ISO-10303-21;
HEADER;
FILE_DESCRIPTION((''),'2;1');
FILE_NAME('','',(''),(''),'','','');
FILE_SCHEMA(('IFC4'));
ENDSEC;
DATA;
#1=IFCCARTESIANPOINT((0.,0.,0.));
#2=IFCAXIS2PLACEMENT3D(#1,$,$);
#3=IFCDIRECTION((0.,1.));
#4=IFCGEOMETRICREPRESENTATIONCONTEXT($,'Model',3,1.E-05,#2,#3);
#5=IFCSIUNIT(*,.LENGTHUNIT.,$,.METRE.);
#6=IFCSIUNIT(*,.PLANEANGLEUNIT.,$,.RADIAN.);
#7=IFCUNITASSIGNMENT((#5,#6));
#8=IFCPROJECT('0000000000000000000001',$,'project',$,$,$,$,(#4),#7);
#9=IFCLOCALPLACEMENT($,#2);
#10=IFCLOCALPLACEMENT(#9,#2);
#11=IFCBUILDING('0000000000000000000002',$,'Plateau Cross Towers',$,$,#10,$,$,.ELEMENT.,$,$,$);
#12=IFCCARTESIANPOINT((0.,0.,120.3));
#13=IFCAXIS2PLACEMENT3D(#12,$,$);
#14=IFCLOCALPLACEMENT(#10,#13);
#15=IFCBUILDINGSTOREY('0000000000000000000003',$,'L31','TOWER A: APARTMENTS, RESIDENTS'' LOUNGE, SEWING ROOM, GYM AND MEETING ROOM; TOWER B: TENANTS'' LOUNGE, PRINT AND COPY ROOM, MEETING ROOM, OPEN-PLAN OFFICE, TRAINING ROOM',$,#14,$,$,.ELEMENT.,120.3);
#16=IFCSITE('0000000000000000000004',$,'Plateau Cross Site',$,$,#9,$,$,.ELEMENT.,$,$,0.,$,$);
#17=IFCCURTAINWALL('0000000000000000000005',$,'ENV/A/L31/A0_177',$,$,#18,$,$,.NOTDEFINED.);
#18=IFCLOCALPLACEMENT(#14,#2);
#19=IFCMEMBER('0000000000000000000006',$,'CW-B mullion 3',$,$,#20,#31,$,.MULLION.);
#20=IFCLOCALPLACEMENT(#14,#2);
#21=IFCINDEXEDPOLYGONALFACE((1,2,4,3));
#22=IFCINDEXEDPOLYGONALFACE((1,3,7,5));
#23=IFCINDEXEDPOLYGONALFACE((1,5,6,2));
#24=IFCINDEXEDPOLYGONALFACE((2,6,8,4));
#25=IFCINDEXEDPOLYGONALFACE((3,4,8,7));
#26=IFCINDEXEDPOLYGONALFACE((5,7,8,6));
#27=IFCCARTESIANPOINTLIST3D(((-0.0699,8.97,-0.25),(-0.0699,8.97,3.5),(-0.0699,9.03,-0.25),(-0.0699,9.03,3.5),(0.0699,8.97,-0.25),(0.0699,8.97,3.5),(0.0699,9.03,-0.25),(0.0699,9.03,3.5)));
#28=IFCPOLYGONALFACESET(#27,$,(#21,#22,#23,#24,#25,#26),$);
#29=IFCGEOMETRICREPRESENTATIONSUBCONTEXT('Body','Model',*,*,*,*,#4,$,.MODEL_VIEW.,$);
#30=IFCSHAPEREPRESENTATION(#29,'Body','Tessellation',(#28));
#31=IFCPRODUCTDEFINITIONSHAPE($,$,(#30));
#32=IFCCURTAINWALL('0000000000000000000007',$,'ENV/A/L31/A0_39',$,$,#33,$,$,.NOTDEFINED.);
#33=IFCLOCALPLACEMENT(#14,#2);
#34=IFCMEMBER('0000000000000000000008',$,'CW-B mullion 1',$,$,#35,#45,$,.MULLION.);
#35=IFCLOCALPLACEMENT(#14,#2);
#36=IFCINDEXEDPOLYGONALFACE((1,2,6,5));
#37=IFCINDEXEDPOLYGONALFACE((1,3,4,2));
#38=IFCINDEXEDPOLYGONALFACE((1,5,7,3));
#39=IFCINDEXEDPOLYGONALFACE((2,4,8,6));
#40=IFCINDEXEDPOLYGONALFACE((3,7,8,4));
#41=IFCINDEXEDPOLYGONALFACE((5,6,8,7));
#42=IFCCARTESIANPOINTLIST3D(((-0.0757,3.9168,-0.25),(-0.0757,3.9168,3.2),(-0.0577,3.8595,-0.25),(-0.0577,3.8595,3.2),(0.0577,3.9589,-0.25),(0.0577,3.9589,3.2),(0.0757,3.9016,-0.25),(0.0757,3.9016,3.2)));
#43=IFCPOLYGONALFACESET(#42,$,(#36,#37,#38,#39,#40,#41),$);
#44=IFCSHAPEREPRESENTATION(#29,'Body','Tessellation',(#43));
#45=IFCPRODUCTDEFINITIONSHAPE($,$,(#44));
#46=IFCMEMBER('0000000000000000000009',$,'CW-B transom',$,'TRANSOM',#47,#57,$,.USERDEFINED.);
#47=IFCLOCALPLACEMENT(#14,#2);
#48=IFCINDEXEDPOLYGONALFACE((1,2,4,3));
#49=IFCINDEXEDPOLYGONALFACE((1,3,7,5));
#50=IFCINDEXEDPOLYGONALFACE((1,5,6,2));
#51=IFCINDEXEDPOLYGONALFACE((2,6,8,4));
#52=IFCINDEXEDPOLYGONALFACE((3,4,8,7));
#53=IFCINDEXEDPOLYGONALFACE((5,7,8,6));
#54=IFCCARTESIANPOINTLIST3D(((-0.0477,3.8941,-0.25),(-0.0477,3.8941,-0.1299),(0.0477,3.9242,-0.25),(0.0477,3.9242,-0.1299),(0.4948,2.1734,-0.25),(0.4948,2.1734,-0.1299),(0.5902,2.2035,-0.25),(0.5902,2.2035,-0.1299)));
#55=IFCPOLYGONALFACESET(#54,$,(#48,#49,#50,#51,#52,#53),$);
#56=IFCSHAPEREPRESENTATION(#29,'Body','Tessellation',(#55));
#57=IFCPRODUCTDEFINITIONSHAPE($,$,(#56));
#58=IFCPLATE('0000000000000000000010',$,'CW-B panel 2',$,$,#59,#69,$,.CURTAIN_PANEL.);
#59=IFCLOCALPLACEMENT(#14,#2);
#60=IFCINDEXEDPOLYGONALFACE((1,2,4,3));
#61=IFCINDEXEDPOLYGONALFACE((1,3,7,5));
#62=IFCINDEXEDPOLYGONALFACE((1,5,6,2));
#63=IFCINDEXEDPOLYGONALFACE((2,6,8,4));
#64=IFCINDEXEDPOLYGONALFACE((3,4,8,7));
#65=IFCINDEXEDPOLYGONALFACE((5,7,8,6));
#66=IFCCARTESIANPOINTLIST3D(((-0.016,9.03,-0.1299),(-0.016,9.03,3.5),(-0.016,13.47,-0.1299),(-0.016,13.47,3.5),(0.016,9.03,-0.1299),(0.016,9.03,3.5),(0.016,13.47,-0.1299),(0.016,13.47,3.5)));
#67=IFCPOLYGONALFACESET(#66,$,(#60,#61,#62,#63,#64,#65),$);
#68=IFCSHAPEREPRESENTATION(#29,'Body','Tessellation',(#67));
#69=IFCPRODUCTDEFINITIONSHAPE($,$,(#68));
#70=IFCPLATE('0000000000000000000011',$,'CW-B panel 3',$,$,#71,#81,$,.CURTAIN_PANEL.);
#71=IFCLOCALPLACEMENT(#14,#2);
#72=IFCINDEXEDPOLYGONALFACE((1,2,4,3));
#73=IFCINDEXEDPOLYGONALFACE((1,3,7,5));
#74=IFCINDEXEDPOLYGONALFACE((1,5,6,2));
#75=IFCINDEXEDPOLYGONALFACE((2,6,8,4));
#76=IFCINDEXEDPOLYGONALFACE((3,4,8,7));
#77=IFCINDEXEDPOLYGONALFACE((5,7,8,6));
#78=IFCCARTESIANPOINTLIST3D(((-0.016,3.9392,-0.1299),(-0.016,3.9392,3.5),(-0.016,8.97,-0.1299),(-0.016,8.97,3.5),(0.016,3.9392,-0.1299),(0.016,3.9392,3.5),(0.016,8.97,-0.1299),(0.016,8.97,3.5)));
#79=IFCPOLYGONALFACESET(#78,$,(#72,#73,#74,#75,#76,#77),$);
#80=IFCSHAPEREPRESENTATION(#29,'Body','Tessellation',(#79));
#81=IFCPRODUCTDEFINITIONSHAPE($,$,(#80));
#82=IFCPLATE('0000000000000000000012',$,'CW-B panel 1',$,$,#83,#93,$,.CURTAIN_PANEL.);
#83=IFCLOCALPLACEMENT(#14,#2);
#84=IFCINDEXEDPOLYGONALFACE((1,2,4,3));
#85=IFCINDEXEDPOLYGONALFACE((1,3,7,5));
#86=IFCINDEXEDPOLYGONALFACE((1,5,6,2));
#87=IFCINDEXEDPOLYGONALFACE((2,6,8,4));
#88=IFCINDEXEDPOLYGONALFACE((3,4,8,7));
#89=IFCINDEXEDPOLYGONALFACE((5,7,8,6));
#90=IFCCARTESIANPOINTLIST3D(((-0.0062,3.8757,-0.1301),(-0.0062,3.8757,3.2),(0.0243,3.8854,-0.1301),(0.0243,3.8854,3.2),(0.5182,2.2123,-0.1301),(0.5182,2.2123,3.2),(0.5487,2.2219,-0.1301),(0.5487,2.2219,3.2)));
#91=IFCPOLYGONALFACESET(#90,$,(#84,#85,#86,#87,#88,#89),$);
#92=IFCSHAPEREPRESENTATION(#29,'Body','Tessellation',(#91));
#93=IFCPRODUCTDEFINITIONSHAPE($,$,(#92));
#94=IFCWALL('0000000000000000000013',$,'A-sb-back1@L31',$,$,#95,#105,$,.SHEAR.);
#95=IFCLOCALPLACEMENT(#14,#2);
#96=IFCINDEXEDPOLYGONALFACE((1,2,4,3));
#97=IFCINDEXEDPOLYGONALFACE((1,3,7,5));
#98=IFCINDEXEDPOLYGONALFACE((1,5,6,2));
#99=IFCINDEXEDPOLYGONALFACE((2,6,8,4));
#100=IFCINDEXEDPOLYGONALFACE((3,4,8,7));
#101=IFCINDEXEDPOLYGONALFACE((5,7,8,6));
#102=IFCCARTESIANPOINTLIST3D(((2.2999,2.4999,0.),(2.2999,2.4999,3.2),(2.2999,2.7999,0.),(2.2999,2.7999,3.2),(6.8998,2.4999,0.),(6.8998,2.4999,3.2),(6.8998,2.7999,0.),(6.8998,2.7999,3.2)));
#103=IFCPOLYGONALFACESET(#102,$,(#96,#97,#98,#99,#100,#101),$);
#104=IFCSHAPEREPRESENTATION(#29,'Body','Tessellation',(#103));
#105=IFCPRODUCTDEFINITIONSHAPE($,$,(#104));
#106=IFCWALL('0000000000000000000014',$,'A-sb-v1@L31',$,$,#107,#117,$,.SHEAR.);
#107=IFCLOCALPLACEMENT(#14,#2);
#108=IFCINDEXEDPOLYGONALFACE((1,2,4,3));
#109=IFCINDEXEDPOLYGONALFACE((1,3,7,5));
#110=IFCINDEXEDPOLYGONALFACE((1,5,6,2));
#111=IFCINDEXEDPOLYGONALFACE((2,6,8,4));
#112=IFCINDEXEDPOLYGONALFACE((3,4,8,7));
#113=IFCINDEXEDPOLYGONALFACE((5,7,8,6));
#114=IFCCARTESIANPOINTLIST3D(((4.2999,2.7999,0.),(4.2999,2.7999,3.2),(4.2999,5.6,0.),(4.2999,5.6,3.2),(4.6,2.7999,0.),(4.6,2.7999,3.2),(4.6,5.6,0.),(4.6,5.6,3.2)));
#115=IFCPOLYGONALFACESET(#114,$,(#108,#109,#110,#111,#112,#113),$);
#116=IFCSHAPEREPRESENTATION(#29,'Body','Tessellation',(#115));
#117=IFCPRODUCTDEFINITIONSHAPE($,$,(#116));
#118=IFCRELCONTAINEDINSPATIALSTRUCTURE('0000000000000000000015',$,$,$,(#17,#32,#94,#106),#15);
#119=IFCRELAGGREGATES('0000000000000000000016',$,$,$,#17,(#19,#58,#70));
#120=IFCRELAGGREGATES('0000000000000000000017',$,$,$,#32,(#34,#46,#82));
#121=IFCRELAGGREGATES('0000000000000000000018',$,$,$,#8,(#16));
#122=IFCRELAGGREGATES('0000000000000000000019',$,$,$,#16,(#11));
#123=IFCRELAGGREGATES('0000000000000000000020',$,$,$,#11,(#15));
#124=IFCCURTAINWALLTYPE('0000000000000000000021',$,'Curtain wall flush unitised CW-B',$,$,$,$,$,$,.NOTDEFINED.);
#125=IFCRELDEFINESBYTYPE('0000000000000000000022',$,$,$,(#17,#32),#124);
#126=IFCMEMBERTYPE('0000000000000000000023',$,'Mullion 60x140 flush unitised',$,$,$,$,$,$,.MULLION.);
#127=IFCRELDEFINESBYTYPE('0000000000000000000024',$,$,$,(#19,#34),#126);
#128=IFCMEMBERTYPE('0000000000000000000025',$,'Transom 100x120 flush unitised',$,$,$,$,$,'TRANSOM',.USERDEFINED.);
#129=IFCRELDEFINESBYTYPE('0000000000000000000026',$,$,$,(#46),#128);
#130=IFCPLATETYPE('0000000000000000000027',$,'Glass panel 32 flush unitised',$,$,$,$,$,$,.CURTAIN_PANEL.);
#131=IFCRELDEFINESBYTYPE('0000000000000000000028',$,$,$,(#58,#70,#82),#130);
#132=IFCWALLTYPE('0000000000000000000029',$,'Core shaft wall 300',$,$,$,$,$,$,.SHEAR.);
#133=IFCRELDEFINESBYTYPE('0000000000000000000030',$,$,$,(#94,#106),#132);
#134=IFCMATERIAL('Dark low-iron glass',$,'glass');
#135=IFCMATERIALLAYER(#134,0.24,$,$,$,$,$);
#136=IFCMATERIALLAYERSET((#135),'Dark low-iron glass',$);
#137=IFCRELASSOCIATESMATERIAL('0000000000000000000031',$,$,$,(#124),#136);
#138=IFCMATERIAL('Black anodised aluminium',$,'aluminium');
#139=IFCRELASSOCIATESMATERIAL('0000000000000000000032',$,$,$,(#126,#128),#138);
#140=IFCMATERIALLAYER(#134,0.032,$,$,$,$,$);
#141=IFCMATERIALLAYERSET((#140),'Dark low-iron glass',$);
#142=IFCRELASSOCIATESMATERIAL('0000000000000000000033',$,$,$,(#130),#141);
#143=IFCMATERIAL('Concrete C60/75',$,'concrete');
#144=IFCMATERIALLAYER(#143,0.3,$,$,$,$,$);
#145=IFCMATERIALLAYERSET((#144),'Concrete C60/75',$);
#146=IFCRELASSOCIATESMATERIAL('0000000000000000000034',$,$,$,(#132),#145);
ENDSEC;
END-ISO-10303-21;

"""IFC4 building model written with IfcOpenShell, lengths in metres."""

from ifc_helpers import new_model, si_unit, direction, frame, frame_2d, origin, origin_2d, place, context, subcontext, project, spatial, rectangle, extrude, material, layer, layer_set, material_profile, profile_set, type_object, element, aggregate, save


model = new_model("IFC4")

# Units and contexts
model_context = context("Model", 3, precision=1e-05, world=origin(), true_north=direction((0.0, 1.0)))
body_context = subcontext(model_context, "Body", "Model", "MODEL_VIEW")
ifc_project = project(units=[si_unit("LENGTHUNIT", "METRE"), si_unit("PLANEANGLEUNIT", "RADIAN")], contexts=[model_context])

# Site, building, storey
site_placement = place(None, origin())
site = spatial("IfcSite", under=ifc_project, at=site_placement, Name="Plateau Cross Site", CompositionType="ELEMENT", RefElevation=0.0)
building_placement = place(site_placement, origin())
building = spatial("IfcBuilding", under=site, at=building_placement, Name="Plateau Cross Towers", CompositionType="ELEMENT")
storey_placement = place(building_placement, frame((0.0, 0.0, 120.3)))
storey = spatial("IfcBuildingStorey", under=building, at=storey_placement, Name="L31", Description="TOWER A: APARTMENTS, RESIDENTS' LOUNGE, SEWING ROOM, GYM AND MEETING ROOM; TOWER B: TENANTS' LOUNGE, PRINT AND COPY ROOM, MEETING ROOM, OPEN-PLAN OFFICE, TRAINING ROOM", CompositionType="ELEMENT", Elevation=120.3)

# Curtain wall, member
ifc_material_1 = material(Name="Dark low-iron glass", Category="glass")
ifc_layer_1 = layer(ifc_material_1, 0.24)
ifc_layer_set_1 = layer_set([ifc_layer_1], Name="Dark low-iron glass")
curtain_wall_type = type_object("IfcCurtainWallType", Name="Curtain wall flush unitised CW-B", PredefinedType="NOTDEFINED", material=ifc_layer_set_1)
curtain_wall_1_placement = place(storey_placement, origin())
curtain_wall_1 = element("IfcCurtainWall", 1, at=curtain_wall_1_placement, inside=storey, type_object=curtain_wall_type, Name="ENV/A/L31/A0_177", PredefinedType="NOTDEFINED")
ifc_material_2 = material(Name="Black anodised aluminium", Category="aluminium")
ifc_material_profile_1 = material_profile(ifc_material_2, rectangle(XDim=0.0601, YDim=0.1399, at=origin_2d()), Name="MULLION 60x140")
ifc_profile_set_1 = profile_set([ifc_material_profile_1], Name="Black anodised aluminium")
member_type_1 = type_object("IfcMemberType", Name="Mullion 60x140 flush unitised", PredefinedType="MULLION", material=ifc_profile_set_1)
member_1_placement = place(storey_placement, frame((0.0, 9.0, -0.25), z_axis=(0.0, 0.0, 1.0), x_axis=(0.0, -1.0, 0.0)))
member_1 = element("IfcMember", 2, at=member_1_placement, type_object=member_type_1, Name="CW-B mullion 3", PredefinedType="MULLION", context=body_context, shape_type="SweptSolid", body=[
    extrude(rectangle(XDim=0.0601, YDim=0.1399, at=origin_2d()), origin(), (0.0, 0.0, 1.0), 3.75),
])

# Curtain wall, members
curtain_wall_2_placement = place(storey_placement, origin())
curtain_wall_2 = element("IfcCurtainWall", 3, at=curtain_wall_2_placement, inside=storey, type_object=curtain_wall_type, Name="ENV/A/L31/A0_39", PredefinedType="NOTDEFINED")
member_2_placement = place(storey_placement, frame((0.0, 3.9092, -0.25), z_axis=(0.0, 0.0, 1.0), x_axis=(0.300686, -0.953723, 0.0)))
member_2 = element("IfcMember", 4, at=member_2_placement, type_object=member_type_1, Name="CW-B mullion 1", PredefinedType="MULLION", context=body_context, shape_type="SweptSolid", body=[
    extrude(rectangle(XDim=0.0601, YDim=0.1399, at=origin_2d()), origin(), (0.0, 0.0, 1.0), 3.45),
])
ifc_material_profile_2 = material_profile(ifc_material_2, rectangle(XDim=0.1001, YDim=0.1201, at=origin_2d()), Name="TRANSOM 100x120")
ifc_profile_set_2 = profile_set([ifc_material_profile_2], Name="Black anodised aluminium")
member_type_2 = type_object("IfcMemberType", Name="Transom 100x120 flush unitised", ElementType="TRANSOM", PredefinedType="USERDEFINED", material=ifc_profile_set_2)
member_3_placement = place(storey_placement, frame((0.0, 3.9092, -0.1899), z_axis=(0.300678, -0.953726, 0.0), x_axis=(0.953726, 0.300678, 0.0)))
member_3 = element("IfcMember", 5, at=member_3_placement, type_object=member_type_2, Name="CW-B transom", ObjectType="TRANSOM", PredefinedType="USERDEFINED", context=body_context, shape_type="SweptSolid", body=[
    extrude(rectangle(XDim=0.1001, YDim=0.1201, at=origin_2d()), origin(), (0.0, 0.0, 1.0), 1.8042),
])

# Plates
ifc_layer_2 = layer(ifc_material_1, 0.032)
ifc_layer_set_2 = layer_set([ifc_layer_2], Name="Dark low-iron glass")
plate_type = type_object("IfcPlateType", Name="Glass panel 32 flush unitised", PredefinedType="CURTAIN_PANEL", material=ifc_layer_set_2)
plate_1_placement = place(storey_placement, frame((0.0, 11.25, -0.1299), z_axis=(0.0, 0.0, 1.0), x_axis=(0.0, -1.0, 0.0)))
plate_1 = element("IfcPlate", 6, at=plate_1_placement, type_object=plate_type, Name="CW-B panel 2", PredefinedType="CURTAIN_PANEL", context=body_context, shape_type="SweptSolid", body=[
    extrude(rectangle(XDim=4.4399, YDim=0.032, at=origin_2d()), origin(), (0.0, 0.0, 1.0), 3.6299),
])
plate_2_placement = place(storey_placement, frame((0.0, 6.4546, -0.1299), z_axis=(0.0, 0.0, 1.0), x_axis=(0.0, -1.0, 0.0)))
plate_2 = element("IfcPlate", 7, at=plate_2_placement, type_object=plate_type, Name="CW-B panel 3", PredefinedType="CURTAIN_PANEL", context=body_context, shape_type="SweptSolid", body=[
    extrude(rectangle(XDim=5.0308, YDim=0.032, at=origin_2d()), origin(), (0.0, 0.0, 1.0), 3.6299),
])
aggregate(curtain_wall_1, [member_1, plate_1, plate_2])
plate_3_placement = place(storey_placement, frame((0.2712, 3.0488, -0.1301), z_axis=(0.0, 0.0, 1.0), x_axis=(0.300686, -0.953723, 0.0)))
plate_3 = element("IfcPlate", 8, at=plate_3_placement, type_object=plate_type, Name="CW-B panel 1", PredefinedType="CURTAIN_PANEL", context=body_context, shape_type="SweptSolid", body=[
    extrude(rectangle(XDim=1.7441, YDim=0.032, at=origin_2d()), origin(), (0.0, 0.0, 1.0), 3.3301),
])
aggregate(curtain_wall_2, [member_2, member_3, plate_3])

# Walls
ifc_material_3 = material(Name="Concrete C60/75", Category="concrete")
ifc_layer_3 = layer(ifc_material_3, 0.3)
ifc_layer_set_3 = layer_set([ifc_layer_3], Name="Concrete C60/75")
wall_type_1 = type_object("IfcWallType", Name="Core shaft wall 300", PredefinedType="SHEAR", material=ifc_layer_set_3)
wall_1_placement = place(storey_placement, frame((2.3, 2.6499, 0.0), z_axis=(0.0, 0.0, 1.0), x_axis=(1.0, 0.0, 0.0)))
element("IfcWall", 9, at=wall_1_placement, inside=storey, type_object=wall_type_1, Name="A-sb-back1@L31", PredefinedType="SHEAR", context=body_context, shape_type="SweptSolid", body=[
    extrude(rectangle(XDim=4.5999, YDim=0.3, at=frame_2d((2.2998, 0.0))), origin(), (0.0, 0.0, 1.0), 3.2),
])
wall_2_placement = place(storey_placement, frame((4.45, 2.8, 0.0), z_axis=(0.0, 0.0, 1.0), x_axis=(0.0, 1.0, 0.0)))
element("IfcWall", 10, at=wall_2_placement, inside=storey, type_object=wall_type_1, Name="A-sb-v1@L31", PredefinedType="SHEAR", context=body_context, shape_type="SweptSolid", body=[
    extrude(rectangle(XDim=2.8, YDim=0.3, at=frame_2d((1.3999, 0.0))), origin(), (0.0, 0.0, 1.0), 3.2),
])

save(model, "model.ifc")
